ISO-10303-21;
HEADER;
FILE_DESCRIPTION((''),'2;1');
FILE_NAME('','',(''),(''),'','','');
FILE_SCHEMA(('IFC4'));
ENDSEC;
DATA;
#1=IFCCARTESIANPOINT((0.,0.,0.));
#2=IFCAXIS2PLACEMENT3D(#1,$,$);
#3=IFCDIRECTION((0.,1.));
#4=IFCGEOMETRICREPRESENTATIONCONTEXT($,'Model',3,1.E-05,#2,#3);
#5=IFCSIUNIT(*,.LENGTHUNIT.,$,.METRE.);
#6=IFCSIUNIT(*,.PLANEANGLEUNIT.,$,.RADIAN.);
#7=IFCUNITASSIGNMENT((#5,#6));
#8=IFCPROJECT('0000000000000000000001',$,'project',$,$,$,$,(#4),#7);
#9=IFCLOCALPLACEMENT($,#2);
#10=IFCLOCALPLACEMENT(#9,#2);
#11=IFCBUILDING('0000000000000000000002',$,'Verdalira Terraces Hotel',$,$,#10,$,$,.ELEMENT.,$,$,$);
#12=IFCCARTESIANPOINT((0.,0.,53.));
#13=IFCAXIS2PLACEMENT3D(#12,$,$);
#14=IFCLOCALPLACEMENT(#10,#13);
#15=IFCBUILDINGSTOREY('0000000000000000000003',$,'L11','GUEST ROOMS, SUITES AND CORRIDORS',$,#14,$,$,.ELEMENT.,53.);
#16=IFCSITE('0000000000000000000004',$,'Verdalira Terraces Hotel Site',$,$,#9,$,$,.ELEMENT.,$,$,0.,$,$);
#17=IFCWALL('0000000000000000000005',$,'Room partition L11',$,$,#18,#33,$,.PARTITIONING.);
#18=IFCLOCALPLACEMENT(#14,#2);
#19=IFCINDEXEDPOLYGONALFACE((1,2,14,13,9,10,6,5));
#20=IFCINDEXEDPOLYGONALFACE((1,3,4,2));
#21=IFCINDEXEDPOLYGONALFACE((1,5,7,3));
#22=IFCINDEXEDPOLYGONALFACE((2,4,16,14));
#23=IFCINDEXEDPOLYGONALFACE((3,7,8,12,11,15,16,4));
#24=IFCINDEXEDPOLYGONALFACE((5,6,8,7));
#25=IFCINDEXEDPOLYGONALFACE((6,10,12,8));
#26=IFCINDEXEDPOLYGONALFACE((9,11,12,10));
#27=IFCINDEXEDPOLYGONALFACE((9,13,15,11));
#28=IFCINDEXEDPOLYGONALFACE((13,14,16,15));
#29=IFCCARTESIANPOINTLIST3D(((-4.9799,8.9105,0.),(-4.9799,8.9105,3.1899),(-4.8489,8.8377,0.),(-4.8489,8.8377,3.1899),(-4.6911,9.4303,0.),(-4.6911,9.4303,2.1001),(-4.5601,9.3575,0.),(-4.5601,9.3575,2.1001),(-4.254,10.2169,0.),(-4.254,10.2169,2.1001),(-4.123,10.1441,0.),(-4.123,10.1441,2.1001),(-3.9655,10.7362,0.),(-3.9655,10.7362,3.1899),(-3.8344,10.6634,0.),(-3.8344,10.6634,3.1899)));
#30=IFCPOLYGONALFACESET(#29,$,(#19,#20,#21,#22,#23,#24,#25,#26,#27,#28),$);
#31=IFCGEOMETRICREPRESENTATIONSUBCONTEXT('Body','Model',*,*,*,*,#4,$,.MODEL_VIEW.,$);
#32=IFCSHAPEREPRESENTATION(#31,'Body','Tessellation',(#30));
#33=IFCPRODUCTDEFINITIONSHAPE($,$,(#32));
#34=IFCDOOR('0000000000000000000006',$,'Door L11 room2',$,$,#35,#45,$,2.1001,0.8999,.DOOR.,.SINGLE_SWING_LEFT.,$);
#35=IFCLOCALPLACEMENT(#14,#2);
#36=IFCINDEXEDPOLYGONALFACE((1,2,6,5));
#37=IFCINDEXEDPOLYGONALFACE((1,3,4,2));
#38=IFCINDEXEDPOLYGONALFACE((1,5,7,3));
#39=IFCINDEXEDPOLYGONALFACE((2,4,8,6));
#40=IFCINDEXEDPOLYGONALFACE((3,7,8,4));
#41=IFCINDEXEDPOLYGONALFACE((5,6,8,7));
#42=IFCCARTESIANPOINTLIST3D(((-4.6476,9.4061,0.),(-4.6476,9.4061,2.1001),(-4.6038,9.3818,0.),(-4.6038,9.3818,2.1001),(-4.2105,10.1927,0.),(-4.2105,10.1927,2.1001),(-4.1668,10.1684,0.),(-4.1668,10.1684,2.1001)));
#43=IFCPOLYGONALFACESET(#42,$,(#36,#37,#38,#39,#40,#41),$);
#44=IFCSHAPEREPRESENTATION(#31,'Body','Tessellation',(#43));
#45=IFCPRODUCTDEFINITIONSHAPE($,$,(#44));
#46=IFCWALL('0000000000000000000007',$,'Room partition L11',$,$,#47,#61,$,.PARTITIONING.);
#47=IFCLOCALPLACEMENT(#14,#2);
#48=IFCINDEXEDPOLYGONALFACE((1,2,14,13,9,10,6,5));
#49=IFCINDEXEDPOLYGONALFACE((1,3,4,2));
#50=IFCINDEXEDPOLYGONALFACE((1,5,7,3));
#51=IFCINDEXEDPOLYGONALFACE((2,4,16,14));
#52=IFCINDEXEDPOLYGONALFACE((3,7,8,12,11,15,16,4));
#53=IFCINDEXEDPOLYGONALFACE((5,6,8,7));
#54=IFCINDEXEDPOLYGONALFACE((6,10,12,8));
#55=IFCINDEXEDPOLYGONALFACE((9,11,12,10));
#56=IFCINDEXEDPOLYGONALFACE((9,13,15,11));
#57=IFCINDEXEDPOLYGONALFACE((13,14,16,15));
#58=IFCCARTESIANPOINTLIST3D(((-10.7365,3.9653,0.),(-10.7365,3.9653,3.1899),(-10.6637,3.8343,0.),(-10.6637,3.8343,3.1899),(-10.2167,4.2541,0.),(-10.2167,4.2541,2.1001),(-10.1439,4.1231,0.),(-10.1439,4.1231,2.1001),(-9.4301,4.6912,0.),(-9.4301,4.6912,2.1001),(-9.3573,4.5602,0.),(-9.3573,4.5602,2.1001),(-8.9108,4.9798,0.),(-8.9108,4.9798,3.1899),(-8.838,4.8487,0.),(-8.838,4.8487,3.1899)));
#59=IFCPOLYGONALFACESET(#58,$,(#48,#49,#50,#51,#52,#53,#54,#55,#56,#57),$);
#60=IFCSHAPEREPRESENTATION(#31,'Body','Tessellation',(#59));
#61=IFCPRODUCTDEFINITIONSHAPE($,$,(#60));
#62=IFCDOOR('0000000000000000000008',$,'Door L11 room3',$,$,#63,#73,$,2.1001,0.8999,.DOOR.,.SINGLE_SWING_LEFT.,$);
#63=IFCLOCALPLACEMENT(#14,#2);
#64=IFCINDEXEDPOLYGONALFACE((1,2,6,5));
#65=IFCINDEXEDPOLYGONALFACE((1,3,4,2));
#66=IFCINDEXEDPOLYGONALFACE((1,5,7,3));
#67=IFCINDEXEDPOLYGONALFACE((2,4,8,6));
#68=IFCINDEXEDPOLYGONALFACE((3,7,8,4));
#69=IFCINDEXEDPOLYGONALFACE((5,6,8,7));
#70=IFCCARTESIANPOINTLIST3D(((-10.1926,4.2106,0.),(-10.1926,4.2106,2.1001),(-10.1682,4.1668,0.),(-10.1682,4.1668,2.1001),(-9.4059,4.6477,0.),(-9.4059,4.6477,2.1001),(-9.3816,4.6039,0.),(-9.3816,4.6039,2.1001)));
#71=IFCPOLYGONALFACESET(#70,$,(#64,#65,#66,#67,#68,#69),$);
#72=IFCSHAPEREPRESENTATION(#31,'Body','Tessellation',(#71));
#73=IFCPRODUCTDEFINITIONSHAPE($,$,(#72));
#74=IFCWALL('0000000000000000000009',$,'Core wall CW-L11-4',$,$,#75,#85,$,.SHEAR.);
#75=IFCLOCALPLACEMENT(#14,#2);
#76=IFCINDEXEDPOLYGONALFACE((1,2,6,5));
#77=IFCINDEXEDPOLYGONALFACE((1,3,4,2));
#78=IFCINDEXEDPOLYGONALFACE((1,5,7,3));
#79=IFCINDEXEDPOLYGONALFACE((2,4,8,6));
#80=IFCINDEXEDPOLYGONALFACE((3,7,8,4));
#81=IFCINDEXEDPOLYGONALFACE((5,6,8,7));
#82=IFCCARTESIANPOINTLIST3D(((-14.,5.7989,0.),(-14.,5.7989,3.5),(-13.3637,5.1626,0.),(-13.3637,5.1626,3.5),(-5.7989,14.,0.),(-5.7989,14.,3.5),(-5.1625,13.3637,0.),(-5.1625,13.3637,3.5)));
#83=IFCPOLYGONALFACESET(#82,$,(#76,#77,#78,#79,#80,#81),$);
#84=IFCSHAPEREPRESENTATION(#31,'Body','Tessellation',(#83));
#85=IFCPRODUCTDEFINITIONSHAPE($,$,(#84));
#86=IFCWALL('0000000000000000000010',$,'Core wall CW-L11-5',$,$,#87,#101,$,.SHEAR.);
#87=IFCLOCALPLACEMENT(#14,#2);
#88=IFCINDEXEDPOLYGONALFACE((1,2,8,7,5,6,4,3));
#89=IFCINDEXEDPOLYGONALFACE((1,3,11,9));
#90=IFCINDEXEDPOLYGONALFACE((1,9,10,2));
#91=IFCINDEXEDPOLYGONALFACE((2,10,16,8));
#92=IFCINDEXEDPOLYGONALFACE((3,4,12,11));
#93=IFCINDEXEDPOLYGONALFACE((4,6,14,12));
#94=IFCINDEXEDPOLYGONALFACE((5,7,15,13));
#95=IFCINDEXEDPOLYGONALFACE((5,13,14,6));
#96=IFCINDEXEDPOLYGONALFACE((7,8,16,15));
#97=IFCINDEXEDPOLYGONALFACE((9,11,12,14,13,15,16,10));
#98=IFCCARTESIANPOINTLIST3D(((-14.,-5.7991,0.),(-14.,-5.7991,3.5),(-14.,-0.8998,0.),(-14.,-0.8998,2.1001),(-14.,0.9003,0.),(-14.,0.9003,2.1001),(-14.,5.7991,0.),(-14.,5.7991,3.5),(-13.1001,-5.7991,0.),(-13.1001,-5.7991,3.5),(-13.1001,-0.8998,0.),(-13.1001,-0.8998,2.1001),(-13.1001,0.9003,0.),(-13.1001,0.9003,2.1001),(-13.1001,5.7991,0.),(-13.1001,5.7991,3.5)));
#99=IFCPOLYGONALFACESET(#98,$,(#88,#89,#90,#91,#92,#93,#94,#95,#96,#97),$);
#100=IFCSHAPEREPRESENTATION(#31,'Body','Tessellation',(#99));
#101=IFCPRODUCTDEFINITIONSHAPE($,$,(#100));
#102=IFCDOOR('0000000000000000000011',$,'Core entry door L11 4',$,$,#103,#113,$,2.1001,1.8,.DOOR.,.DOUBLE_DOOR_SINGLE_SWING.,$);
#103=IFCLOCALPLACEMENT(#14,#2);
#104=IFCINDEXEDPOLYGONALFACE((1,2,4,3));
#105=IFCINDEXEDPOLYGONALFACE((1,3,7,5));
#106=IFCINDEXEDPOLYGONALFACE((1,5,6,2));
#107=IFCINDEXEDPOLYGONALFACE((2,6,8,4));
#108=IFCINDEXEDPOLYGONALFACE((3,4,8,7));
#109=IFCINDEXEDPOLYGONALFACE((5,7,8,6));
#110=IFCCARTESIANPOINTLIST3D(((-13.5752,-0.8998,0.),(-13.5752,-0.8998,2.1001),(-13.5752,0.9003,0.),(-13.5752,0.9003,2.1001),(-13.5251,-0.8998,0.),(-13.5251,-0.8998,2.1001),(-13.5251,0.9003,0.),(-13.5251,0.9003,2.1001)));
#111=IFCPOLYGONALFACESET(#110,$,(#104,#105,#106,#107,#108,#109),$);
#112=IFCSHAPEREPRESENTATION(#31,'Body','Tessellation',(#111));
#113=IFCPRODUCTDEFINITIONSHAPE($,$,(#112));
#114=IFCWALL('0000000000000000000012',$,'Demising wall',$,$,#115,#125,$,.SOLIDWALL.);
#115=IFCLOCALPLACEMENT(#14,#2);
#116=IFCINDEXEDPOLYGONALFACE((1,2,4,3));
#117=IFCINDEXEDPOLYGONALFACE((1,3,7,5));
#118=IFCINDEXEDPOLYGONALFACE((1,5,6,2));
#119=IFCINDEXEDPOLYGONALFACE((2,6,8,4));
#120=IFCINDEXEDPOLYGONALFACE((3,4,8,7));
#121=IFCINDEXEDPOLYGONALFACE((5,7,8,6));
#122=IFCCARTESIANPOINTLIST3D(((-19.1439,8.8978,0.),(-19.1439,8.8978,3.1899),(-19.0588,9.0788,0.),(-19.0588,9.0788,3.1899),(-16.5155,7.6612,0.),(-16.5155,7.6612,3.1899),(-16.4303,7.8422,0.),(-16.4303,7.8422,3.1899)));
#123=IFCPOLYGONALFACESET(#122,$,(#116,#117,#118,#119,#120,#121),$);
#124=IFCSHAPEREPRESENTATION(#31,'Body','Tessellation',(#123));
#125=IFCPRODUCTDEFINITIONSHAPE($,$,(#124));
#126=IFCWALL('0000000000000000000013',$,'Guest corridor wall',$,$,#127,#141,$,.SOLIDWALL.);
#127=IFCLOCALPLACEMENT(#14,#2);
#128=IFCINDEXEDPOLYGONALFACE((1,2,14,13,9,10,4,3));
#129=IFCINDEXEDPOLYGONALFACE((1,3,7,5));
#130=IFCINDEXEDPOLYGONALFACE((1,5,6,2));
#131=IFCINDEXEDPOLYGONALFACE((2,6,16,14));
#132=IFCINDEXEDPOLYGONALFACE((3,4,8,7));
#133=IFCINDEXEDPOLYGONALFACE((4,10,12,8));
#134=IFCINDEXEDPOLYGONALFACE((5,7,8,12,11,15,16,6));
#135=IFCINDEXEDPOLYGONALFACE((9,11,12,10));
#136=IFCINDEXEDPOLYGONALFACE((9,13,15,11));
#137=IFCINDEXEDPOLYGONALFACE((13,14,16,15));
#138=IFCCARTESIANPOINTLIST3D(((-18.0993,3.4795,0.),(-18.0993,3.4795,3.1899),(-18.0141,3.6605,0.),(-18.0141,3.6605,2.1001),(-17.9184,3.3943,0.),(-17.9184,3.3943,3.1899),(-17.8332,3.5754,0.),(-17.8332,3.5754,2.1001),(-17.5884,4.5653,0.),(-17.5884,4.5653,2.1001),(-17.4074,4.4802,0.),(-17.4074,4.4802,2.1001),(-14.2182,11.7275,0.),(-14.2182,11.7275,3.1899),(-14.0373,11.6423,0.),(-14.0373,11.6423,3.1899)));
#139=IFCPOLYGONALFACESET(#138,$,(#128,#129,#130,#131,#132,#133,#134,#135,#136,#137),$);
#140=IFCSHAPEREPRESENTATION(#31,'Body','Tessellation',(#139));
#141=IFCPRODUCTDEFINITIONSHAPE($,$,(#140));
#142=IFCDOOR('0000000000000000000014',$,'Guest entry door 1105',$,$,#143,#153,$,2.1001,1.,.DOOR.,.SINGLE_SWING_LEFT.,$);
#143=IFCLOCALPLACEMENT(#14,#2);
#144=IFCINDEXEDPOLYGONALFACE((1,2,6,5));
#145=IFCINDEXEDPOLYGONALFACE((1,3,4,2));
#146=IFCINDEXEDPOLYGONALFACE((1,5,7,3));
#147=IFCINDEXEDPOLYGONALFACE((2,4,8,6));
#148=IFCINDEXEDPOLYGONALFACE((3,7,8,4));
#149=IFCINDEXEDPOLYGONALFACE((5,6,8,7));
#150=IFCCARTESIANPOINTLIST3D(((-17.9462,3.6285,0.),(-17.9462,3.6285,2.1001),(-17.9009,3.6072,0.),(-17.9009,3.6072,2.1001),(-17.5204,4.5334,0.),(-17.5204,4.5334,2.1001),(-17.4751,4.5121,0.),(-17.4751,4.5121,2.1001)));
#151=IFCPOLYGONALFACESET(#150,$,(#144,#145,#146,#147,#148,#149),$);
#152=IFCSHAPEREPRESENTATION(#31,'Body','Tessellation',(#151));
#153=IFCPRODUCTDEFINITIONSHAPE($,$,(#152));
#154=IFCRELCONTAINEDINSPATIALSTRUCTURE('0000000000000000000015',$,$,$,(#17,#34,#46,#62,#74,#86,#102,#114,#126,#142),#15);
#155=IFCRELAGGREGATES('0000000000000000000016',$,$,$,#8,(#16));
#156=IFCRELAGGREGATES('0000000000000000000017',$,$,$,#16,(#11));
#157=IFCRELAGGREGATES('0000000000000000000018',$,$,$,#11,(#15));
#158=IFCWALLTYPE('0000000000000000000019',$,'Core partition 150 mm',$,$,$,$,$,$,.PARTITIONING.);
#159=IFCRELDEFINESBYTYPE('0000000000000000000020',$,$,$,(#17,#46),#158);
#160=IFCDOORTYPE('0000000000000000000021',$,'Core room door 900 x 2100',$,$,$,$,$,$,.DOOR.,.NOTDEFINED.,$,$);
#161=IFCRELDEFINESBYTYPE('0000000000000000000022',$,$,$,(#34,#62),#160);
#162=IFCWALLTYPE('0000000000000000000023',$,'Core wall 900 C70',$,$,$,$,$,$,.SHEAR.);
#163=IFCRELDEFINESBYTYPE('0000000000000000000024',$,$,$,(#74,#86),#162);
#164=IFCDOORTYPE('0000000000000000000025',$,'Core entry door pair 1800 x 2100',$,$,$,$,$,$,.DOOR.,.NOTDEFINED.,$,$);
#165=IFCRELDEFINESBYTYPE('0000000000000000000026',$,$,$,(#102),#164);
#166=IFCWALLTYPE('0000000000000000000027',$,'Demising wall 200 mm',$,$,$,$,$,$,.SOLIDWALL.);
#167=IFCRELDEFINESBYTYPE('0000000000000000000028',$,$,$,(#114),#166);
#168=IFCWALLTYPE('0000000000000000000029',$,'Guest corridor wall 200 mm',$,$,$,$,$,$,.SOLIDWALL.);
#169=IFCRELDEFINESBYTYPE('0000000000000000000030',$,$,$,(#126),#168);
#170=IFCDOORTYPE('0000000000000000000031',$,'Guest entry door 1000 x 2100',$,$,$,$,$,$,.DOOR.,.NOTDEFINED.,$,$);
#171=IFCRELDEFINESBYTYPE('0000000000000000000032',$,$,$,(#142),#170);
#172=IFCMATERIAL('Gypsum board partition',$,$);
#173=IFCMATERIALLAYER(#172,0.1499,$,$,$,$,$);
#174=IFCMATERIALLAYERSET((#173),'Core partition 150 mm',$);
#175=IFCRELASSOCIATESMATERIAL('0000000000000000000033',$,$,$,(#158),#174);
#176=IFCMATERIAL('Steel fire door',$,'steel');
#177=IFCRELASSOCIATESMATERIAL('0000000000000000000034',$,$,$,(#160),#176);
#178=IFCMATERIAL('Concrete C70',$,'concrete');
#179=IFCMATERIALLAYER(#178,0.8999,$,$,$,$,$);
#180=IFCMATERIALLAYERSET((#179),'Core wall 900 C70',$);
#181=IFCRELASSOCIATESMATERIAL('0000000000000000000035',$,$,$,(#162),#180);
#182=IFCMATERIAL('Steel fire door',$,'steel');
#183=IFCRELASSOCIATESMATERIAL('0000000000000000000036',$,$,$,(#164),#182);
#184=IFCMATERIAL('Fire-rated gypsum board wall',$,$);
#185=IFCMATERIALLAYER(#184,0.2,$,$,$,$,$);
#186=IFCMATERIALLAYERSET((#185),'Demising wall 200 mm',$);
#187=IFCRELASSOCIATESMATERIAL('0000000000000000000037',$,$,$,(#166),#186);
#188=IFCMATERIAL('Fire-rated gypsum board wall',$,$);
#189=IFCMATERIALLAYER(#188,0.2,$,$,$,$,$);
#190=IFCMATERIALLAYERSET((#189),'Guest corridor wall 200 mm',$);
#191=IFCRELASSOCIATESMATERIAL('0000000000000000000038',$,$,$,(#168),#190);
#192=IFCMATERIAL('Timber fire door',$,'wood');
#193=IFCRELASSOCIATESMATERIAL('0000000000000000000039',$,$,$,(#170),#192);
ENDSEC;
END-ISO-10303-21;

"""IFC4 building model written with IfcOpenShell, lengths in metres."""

from ifc_helpers import new_model, si_unit, direction, frame, frame_2d, origin, place, context, subcontext, project, spatial, rectangle, extrude, material, layer, layer_set, type_object, element, fill, save


model = new_model("IFC4")

# Units and contexts
model_context = context("Model", 3, precision=1e-05, world=origin(), true_north=direction((0.0, 1.0)))
body_context = subcontext(model_context, "Body", "Model", "MODEL_VIEW")
ifc_project = project(units=[si_unit("LENGTHUNIT", "METRE"), si_unit("PLANEANGLEUNIT", "RADIAN")], contexts=[model_context])

# Site, building, storey
site_placement = place(None, origin())
site = spatial("IfcSite", under=ifc_project, at=site_placement, Name="Verdalira Terraces Hotel Site", CompositionType="ELEMENT", RefElevation=0.0)
building_placement = place(site_placement, origin())
building = spatial("IfcBuilding", under=site, at=building_placement, Name="Verdalira Terraces Hotel", CompositionType="ELEMENT")
storey_placement = place(building_placement, frame((0.0, 0.0, 53.0)))
storey = spatial("IfcBuildingStorey", under=building, at=storey_placement, Name="L11", Description="GUEST ROOMS, SUITES AND CORRIDORS", CompositionType="ELEMENT", Elevation=53.0)

# Walls, openings, doors
ifc_material_1 = material(Name="Gypsum board partition")
ifc_layer_1 = layer(ifc_material_1, 0.1499)
ifc_layer_set_1 = layer_set([ifc_layer_1], Name="Core partition 150 mm")
wall_type_1 = type_object("IfcWallType", Name="Core partition 150 mm", PredefinedType="PARTITIONING", material=ifc_layer_set_1)
wall_1_placement = place(storey_placement, frame((-3.8999, 10.7, 0.0), z_axis=(0.0, 0.0, 1.0), x_axis=(-0.485693, -0.87413, 0.0)))
wall_1 = element("IfcWall", 1, at=wall_1_placement, inside=storey, type_object=wall_type_1, Name="Room partition L11", PredefinedType="PARTITIONING", context=body_context, shape_type="SweptSolid", body=[
    extrude(rectangle(XDim=2.0886, YDim=0.1499, at=frame_2d((1.0444, 0.0))), origin(), (0.0, 0.0, 1.0), 3.1899),
])
opening_1_placement = place(wall_1_placement, frame((0.5942, 0.0, 0.0)))
opening_1 = element("IfcOpeningElement", 2, at=opening_1_placement, cuts=wall_1, PredefinedType="OPENING", context=body_context, shape_type="SweptSolid", body=[
    extrude(rectangle(XDim=0.8999, YDim=2.1001, at=frame_2d((0.45, 1.05))), frame((0.0, 0.085, 0.0), z_axis=(0.0, -1.0, 0.0), x_axis=(1.0, 0.0, 0.0)), (0.0, 0.0, 1.0), 0.1699),
])
ifc_material_2 = material(Name="Steel fire door", Category="steel")
door_type_1 = type_object("IfcDoorType", Name="Core room door 900 x 2100", OperationType="NOTDEFINED", PredefinedType="DOOR", material=ifc_material_2)
door_1_placement = place(opening_1_placement, origin())
door_1 = element("IfcDoor", 3, at=door_1_placement, inside=storey, type_object=door_type_1, Name="Door L11 room2", OperationType="SINGLE_SWING_LEFT", OverallHeight=2.1001, OverallWidth=0.8999, PredefinedType="DOOR", context=body_context, shape_type="SweptSolid", body=[
    extrude(rectangle(XDim=0.8999, YDim=2.1001, at=frame_2d((0.45, 1.05))), frame((0.0, 0.0249, 0.0), z_axis=(0.0, -1.0, 0.0), x_axis=(1.0, 0.0, 0.0)), (0.0, 0.0, 1.0), 0.05),
])
fill(opening_1, door_1)
wall_2_placement = place(storey_placement, frame((-8.8743, 4.9143, 0.0), z_axis=(0.0, 0.0, 1.0), x_axis=(-0.87413, -0.485693, 0.0)))
wall_2 = element("IfcWall", 4, at=wall_2_placement, inside=storey, type_object=wall_type_1, Name="Room partition L11", PredefinedType="PARTITIONING", context=body_context, shape_type="SweptSolid", body=[
    extrude(rectangle(XDim=2.0886, YDim=0.1499, at=frame_2d((1.0444, 0.0))), origin(), (0.0, 0.0, 1.0), 3.1899),
])
opening_2_placement = place(wall_2_placement, frame((0.5942, 0.0, 0.0)))
opening_2 = element("IfcOpeningElement", 5, at=opening_2_placement, cuts=wall_2, PredefinedType="OPENING", context=body_context, shape_type="SweptSolid", body=[
    extrude(rectangle(XDim=0.8999, YDim=2.1001, at=frame_2d((0.45, 1.05))), frame((0.0, 0.085, 0.0), z_axis=(0.0, -1.0, 0.0), x_axis=(1.0, 0.0, 0.0)), (0.0, 0.0, 1.0), 0.1699),
])
door_2_placement = place(opening_2_placement, origin())
door_2 = element("IfcDoor", 6, at=door_2_placement, inside=storey, type_object=door_type_1, Name="Door L11 room3", OperationType="SINGLE_SWING_LEFT", OverallHeight=2.1001, OverallWidth=0.8999, PredefinedType="DOOR", context=body_context, shape_type="SweptSolid", body=[
    extrude(rectangle(XDim=0.8999, YDim=2.1001, at=frame_2d((0.45, 1.05))), frame((0.0, 0.0249, 0.0), z_axis=(0.0, -1.0, 0.0), x_axis=(1.0, 0.0, 0.0)), (0.0, 0.0, 1.0), 0.05),
])
fill(opening_2, door_2)

# Wall
ifc_material_3 = material(Name="Concrete C70", Category="concrete")
ifc_layer_2 = layer(ifc_material_3, 0.8999)
ifc_layer_set_2 = layer_set([ifc_layer_2], Name="Core wall 900 C70")
wall_type_2 = type_object("IfcWallType", Name="Core wall 900 C70", PredefinedType="SHEAR", material=ifc_layer_set_2)
wall_3_placement = place(storey_placement, frame((-5.4807, 13.6819, 0.0), z_axis=(0.0, 0.0, 1.0), x_axis=(-0.707107, -0.707107, 0.0)))
element("IfcWall", 7, at=wall_3_placement, inside=storey, type_object=wall_type_2, Name="Core wall CW-L11-4", PredefinedType="SHEAR", context=body_context, shape_type="SweptSolid", body=[
    extrude(rectangle(XDim=11.5981, YDim=0.8999, at=frame_2d((5.7991, 0.0))), origin(), (0.0, 0.0, 1.0), 3.5),
])

# Wall, opening, door
wall_4_placement = place(storey_placement, frame((-13.55, 5.7991, 0.0), z_axis=(0.0, 0.0, 1.0), x_axis=(0.0, -1.0, 0.0)))
wall_4 = element("IfcWall", 8, at=wall_4_placement, inside=storey, type_object=wall_type_2, Name="Core wall CW-L11-5", PredefinedType="SHEAR", context=body_context, shape_type="SweptSolid", body=[
    extrude(rectangle(XDim=11.5981, YDim=0.8999, at=frame_2d((5.7991, 0.0))), origin(), (0.0, 0.0, 1.0), 3.5),
])
opening_3_placement = place(wall_4_placement, frame((4.8989, 0.0, 0.0)))
opening_3 = element("IfcOpeningElement", 9, at=opening_3_placement, cuts=wall_4, PredefinedType="OPENING", context=body_context, shape_type="SweptSolid", body=[
    extrude(rectangle(XDim=1.8, YDim=2.1001, at=frame_2d((0.8999, 1.05))), frame((0.0, 0.46, 0.0), z_axis=(0.0, -1.0, 0.0), x_axis=(1.0, 0.0, 0.0)), (0.0, 0.0, 1.0), 0.9199),
])
ifc_material_4 = material(Name="Steel fire door", Category="steel")
door_type_2 = type_object("IfcDoorType", Name="Core entry door pair 1800 x 2100", OperationType="NOTDEFINED", PredefinedType="DOOR", material=ifc_material_4)
door_3_placement = place(opening_3_placement, origin())
door_3 = element("IfcDoor", 10, at=door_3_placement, inside=storey, type_object=door_type_2, Name="Core entry door L11 4", OperationType="DOUBLE_DOOR_SINGLE_SWING", OverallHeight=2.1001, OverallWidth=1.8, PredefinedType="DOOR", context=body_context, shape_type="SweptSolid", body=[
    extrude(rectangle(XDim=1.8, YDim=2.1001, at=frame_2d((0.8999, 1.05))), frame((0.0, 0.0249, 0.0), z_axis=(0.0, -1.0, 0.0), x_axis=(1.0, 0.0, 0.0)), (0.0, 0.0, 1.0), 0.05),
])
fill(opening_3, door_3)

# Wall
ifc_material_5 = material(Name="Fire-rated gypsum board wall")
ifc_layer_3 = layer(ifc_material_5, 0.2)
ifc_layer_set_3 = layer_set([ifc_layer_3], Name="Demising wall 200 mm")
wall_type_3 = type_object("IfcWallType", Name="Demising wall 200 mm", PredefinedType="SOLIDWALL", material=ifc_layer_set_3)
wall_5_placement = place(storey_placement, frame((-16.4729, 7.7517, 0.0), z_axis=(0.0, 0.0, 1.0), x_axis=(-0.904863, 0.425704, 0.0)))
element("IfcWall", 11, at=wall_5_placement, inside=storey, type_object=wall_type_3, Name="Demising wall", PredefinedType="SOLIDWALL", context=body_context, shape_type="SweptSolid", body=[
    extrude(rectangle(XDim=2.9048, YDim=0.2, at=frame_2d((1.4524, 0.0))), origin(), (0.0, 0.0, 1.0), 3.1899),
])

# Wall, opening, door
ifc_material_6 = material(Name="Fire-rated gypsum board wall")
ifc_layer_4 = layer(ifc_material_6, 0.2)
ifc_layer_set_4 = layer_set([ifc_layer_4], Name="Guest corridor wall 200 mm")
wall_type_4 = type_object("IfcWallType", Name="Guest corridor wall 200 mm", PredefinedType="SOLIDWALL", material=ifc_layer_set_4)
wall_6_placement = place(storey_placement, frame((-18.0088, 3.437, 0.0), z_axis=(0.0, 0.0, 1.0), x_axis=(0.425767, 0.904833, 0.0)))
wall_6 = element("IfcWall", 12, at=wall_6_placement, inside=storey, type_object=wall_type_4, Name="Guest corridor wall", PredefinedType="SOLIDWALL", context=body_context, shape_type="SweptSolid", body=[
    extrude(rectangle(XDim=9.1155, YDim=0.2, at=frame_2d((4.5576, 0.0))), origin(), (0.0, 0.0, 1.0), 3.1899),
])
opening_4_placement = place(wall_6_placement, frame((0.2, 0.0, 0.0)))
opening_4 = element("IfcOpeningElement", 13, at=opening_4_placement, cuts=wall_6, PredefinedType="OPENING", context=body_context, shape_type="SweptSolid", body=[
    extrude(rectangle(XDim=1.0, YDim=2.1001, at=frame_2d((0.5, 1.05))), frame((0.0, 0.1099, 0.0), z_axis=(0.0, -1.0, 0.0), x_axis=(1.0, 0.0, 0.0)), (0.0, 0.0, 1.0), 0.22),
])
ifc_material_7 = material(Name="Timber fire door", Category="wood")
door_type_3 = type_object("IfcDoorType", Name="Guest entry door 1000 x 2100", OperationType="NOTDEFINED", PredefinedType="DOOR", material=ifc_material_7)
door_4_placement = place(opening_4_placement, origin())
door_4 = element("IfcDoor", 14, at=door_4_placement, inside=storey, type_object=door_type_3, Name="Guest entry door 1105", OperationType="SINGLE_SWING_LEFT", OverallHeight=2.1001, OverallWidth=1.0, PredefinedType="DOOR", context=body_context, shape_type="SweptSolid", body=[
    extrude(rectangle(XDim=1.0, YDim=2.1001, at=frame_2d((0.5, 1.05))), frame((0.0, 0.0249, 0.0), z_axis=(0.0, -1.0, 0.0), x_axis=(1.0, 0.0, 0.0)), (0.0, 0.0, 1.0), 0.05),
])
fill(opening_4, door_4)

save(model, "model.ifc")
